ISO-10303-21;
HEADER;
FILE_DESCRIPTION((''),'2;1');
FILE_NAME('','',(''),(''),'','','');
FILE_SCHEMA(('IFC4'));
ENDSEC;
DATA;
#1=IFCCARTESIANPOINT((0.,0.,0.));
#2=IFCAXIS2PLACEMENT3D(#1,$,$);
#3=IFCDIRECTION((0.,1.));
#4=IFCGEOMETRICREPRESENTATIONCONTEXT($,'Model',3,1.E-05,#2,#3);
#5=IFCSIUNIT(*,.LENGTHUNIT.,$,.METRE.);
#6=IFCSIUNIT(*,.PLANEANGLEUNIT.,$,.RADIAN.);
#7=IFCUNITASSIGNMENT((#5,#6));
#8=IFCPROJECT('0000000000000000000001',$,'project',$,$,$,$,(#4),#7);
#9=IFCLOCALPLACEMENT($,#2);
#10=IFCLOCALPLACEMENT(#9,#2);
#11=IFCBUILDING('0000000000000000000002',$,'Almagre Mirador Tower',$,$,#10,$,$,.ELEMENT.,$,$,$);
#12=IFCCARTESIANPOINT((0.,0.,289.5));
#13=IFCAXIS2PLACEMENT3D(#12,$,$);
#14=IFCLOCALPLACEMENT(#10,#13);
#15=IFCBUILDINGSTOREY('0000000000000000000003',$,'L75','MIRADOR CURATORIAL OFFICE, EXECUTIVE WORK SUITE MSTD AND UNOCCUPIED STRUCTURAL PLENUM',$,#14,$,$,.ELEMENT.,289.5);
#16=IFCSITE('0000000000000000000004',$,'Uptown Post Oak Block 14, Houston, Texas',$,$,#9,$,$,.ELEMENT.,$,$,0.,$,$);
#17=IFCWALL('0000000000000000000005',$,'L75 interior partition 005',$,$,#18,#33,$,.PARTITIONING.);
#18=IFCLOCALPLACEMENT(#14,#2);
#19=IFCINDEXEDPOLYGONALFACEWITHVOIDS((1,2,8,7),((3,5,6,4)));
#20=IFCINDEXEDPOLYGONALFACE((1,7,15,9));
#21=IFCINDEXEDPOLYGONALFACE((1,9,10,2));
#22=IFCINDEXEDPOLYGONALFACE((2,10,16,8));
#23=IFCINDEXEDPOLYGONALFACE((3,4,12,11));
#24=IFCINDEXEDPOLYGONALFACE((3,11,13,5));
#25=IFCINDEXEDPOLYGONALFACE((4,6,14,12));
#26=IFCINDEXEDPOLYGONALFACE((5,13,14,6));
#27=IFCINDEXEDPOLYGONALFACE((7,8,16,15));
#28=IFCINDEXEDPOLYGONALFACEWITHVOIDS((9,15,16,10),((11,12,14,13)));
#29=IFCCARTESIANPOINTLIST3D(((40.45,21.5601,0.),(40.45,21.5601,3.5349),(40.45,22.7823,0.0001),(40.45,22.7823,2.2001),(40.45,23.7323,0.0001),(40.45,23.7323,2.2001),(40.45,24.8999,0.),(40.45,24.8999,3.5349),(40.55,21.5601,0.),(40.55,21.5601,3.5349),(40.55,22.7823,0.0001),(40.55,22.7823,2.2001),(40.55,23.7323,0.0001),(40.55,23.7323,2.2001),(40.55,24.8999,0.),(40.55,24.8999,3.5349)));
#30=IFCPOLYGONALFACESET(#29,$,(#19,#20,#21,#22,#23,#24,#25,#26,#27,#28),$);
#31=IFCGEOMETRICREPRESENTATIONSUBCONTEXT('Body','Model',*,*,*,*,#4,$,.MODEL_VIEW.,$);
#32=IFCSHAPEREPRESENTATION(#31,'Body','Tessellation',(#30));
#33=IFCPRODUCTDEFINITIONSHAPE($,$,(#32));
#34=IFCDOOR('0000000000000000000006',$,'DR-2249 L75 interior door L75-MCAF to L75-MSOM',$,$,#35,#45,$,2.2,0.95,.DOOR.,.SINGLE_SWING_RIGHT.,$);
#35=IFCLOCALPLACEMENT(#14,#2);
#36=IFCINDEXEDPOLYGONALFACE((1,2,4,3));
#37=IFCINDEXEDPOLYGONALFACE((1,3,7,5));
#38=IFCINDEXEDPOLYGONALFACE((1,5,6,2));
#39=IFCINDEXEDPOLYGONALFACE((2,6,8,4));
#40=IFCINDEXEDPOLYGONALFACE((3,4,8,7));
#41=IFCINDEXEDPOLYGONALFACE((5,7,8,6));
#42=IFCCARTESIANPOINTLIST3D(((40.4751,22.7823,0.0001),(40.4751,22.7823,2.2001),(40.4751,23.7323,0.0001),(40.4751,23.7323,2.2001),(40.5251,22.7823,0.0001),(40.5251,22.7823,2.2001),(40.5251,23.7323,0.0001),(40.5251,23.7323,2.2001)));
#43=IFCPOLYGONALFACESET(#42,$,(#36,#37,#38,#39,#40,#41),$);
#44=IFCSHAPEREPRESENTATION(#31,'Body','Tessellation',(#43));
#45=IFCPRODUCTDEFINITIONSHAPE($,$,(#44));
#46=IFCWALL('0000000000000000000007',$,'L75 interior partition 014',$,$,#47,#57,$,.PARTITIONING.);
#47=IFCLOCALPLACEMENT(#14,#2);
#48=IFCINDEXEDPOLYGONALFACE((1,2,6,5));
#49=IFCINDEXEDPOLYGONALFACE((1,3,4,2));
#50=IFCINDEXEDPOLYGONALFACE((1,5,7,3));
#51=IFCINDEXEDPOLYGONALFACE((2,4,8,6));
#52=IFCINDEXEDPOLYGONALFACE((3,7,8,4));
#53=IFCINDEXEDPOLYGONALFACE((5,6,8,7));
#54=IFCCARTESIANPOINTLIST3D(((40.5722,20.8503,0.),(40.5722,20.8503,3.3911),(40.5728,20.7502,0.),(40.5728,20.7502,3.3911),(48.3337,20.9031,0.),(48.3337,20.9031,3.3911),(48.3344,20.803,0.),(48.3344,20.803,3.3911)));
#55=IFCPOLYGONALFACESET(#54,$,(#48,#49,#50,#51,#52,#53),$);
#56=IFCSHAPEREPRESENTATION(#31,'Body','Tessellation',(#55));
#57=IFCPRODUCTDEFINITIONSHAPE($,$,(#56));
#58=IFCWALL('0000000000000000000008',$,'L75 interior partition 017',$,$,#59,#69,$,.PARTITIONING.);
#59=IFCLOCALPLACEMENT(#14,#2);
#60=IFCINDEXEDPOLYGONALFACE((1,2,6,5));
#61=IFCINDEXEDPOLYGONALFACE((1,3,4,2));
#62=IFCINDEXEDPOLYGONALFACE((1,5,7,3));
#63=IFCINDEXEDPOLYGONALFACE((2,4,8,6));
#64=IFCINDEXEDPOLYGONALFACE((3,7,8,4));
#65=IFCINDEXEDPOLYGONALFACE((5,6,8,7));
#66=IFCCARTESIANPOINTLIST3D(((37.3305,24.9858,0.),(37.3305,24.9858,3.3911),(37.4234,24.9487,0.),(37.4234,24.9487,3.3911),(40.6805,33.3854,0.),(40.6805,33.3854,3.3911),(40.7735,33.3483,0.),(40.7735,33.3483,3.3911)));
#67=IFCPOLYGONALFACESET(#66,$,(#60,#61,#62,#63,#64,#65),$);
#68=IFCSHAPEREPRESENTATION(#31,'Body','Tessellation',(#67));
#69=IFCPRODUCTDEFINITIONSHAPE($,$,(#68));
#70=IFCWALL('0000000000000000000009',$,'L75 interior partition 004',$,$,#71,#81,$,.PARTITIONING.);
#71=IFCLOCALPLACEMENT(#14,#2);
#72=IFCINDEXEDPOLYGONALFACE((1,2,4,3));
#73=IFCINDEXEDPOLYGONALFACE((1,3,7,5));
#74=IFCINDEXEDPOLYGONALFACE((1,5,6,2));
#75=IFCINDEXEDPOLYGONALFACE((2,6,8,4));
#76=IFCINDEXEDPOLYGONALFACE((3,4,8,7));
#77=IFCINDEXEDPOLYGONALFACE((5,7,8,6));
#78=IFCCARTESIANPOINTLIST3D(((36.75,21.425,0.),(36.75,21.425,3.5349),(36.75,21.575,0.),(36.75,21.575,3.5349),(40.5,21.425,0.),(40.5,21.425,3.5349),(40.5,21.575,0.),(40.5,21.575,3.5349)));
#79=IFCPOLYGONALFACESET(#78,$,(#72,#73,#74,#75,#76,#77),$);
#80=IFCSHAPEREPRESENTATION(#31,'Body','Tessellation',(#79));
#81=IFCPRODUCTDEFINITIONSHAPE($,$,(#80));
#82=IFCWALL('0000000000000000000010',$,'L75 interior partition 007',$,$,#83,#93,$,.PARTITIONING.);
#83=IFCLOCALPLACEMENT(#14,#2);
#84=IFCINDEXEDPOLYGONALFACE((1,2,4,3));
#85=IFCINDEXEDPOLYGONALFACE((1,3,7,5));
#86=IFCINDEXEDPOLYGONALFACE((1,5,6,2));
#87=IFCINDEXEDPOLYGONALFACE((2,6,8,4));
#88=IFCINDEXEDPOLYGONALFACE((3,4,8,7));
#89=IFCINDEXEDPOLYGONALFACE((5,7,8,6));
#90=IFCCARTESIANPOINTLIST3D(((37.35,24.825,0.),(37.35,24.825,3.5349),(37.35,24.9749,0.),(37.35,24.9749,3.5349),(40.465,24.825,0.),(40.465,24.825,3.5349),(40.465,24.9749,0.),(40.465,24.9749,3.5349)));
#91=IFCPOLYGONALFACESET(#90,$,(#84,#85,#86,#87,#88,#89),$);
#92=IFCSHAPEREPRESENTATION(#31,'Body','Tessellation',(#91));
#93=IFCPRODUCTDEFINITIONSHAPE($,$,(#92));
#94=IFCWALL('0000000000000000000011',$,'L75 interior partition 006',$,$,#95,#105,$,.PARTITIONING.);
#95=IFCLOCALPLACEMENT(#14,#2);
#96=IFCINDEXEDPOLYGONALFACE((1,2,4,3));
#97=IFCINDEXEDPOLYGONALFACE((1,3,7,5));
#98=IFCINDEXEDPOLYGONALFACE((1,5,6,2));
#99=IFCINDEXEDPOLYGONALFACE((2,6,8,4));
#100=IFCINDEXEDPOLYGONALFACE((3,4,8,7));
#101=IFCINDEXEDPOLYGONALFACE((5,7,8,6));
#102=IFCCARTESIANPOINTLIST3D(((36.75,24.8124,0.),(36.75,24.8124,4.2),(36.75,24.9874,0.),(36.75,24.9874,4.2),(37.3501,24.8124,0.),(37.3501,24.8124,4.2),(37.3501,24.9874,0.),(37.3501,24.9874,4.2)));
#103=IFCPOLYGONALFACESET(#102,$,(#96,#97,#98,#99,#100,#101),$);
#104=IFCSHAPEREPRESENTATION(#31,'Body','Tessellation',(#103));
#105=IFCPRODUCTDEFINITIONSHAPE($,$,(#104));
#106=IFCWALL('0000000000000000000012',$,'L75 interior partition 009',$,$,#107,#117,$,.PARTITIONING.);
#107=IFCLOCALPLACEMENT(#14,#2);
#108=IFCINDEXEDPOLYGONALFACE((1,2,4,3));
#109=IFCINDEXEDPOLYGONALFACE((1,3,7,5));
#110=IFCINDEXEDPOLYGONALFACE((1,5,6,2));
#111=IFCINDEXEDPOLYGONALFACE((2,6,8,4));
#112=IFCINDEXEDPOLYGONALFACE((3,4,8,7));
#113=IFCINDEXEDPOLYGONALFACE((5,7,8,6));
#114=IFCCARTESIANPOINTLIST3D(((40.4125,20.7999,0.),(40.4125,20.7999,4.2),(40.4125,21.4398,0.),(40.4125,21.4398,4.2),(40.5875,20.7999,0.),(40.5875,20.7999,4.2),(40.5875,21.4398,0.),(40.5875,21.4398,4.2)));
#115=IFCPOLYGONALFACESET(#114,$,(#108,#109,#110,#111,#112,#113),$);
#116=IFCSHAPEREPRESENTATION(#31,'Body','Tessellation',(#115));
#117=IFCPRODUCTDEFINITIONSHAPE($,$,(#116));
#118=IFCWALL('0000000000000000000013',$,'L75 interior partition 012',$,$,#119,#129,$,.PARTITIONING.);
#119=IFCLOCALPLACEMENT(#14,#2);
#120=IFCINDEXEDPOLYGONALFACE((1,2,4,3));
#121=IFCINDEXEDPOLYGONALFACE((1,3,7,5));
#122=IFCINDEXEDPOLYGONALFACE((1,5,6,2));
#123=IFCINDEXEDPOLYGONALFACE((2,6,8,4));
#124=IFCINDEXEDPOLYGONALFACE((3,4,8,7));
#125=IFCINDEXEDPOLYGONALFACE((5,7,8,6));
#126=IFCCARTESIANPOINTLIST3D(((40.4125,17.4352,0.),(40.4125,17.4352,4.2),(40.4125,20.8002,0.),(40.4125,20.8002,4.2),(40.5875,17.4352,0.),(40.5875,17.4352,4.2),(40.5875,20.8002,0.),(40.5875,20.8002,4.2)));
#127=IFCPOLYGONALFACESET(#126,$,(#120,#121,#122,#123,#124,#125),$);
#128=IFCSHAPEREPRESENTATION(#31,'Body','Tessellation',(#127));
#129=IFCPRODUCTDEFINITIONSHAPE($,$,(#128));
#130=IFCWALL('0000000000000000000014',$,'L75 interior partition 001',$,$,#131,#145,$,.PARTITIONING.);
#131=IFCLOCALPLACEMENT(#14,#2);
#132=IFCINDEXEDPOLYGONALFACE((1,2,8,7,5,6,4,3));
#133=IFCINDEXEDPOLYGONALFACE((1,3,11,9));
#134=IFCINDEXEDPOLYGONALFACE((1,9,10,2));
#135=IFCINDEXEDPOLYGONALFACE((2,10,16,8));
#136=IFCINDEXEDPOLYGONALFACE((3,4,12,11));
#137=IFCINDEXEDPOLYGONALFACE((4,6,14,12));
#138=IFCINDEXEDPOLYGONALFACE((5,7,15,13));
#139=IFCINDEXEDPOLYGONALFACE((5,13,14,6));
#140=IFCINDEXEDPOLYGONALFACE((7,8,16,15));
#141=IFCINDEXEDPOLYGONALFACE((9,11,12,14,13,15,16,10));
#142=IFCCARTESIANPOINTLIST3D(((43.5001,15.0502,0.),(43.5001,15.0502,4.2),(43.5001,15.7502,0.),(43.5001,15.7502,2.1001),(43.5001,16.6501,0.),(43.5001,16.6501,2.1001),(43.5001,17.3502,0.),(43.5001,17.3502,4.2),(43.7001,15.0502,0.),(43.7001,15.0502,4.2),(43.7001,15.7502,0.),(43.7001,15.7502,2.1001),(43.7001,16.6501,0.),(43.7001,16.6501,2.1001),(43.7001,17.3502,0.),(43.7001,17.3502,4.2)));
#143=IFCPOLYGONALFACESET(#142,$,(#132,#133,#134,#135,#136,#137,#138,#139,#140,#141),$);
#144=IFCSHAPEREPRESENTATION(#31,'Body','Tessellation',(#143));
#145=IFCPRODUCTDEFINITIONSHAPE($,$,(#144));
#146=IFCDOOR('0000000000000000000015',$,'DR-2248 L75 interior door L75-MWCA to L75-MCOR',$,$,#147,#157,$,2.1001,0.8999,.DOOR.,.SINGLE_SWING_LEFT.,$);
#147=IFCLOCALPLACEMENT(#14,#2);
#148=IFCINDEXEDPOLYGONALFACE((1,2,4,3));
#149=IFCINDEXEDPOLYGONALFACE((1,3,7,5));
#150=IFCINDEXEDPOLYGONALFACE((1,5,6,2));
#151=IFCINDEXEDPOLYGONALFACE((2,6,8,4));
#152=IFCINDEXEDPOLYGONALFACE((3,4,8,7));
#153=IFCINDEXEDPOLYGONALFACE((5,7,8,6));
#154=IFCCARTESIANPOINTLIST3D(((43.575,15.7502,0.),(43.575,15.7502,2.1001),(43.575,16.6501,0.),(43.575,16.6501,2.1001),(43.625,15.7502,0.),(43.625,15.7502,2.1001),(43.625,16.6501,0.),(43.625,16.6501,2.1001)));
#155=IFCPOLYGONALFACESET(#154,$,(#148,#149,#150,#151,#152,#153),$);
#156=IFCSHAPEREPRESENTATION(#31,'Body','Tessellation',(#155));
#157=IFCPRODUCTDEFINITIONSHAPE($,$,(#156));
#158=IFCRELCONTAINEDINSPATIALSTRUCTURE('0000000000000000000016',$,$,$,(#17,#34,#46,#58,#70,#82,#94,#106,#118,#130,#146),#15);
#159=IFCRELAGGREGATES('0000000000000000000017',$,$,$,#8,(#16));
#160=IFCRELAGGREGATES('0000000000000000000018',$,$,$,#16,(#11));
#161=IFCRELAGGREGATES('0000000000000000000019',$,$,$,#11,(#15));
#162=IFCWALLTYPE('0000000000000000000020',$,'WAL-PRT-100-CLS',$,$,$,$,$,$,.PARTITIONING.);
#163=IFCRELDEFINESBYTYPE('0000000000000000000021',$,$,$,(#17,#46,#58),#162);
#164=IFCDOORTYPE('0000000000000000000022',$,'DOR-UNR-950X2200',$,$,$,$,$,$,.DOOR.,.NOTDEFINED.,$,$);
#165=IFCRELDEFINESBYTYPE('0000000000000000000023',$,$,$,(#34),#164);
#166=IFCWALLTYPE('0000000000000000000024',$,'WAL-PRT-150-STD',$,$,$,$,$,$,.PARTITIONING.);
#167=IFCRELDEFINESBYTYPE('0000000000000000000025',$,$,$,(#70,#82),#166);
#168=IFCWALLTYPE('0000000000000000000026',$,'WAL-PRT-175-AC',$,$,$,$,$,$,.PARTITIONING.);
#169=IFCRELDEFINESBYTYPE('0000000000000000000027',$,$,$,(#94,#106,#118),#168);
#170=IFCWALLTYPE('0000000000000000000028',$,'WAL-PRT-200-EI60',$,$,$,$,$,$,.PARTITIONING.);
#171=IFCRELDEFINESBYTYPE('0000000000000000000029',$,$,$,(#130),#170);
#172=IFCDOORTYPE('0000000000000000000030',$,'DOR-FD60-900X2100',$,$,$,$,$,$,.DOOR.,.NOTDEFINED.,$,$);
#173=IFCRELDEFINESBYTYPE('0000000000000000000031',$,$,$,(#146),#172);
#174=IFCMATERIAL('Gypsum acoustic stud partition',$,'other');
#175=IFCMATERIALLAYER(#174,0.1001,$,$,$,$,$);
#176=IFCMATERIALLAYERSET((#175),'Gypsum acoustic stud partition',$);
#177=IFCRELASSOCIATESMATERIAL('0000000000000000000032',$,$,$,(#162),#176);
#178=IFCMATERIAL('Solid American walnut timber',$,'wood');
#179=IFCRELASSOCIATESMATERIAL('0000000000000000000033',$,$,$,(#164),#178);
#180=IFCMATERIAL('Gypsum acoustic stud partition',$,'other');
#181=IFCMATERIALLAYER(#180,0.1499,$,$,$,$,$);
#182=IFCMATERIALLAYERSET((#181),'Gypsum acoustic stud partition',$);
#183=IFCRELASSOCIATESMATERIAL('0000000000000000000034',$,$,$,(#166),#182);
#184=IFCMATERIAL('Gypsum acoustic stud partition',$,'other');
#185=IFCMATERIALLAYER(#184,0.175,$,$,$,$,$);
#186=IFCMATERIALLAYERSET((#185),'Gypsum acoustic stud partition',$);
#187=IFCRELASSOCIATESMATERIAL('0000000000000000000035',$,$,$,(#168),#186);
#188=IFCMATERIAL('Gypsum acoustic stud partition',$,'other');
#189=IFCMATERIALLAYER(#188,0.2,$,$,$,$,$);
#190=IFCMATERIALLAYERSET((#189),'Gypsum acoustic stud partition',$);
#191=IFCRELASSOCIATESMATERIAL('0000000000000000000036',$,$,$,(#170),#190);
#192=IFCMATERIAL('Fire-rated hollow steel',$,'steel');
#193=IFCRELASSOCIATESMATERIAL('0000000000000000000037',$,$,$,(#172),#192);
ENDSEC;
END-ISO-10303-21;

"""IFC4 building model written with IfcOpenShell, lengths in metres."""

from ifc_helpers import new_model, si_unit, direction, frame, frame_2d, origin, place, context, subcontext, project, spatial, rectangle, extrude, material, layer, layer_set, type_object, element, fill, save


model = new_model("IFC4")

# Units and contexts
model_context = context("Model", 3, precision=1e-05, world=origin(), true_north=direction((0.0, 1.0)))
body_context = subcontext(model_context, "Body", "Model", "MODEL_VIEW")
ifc_project = project(units=[si_unit("LENGTHUNIT", "METRE"), si_unit("PLANEANGLEUNIT", "RADIAN")], contexts=[model_context])

# Site, building, storey
site_placement = place(None, origin())
site = spatial("IfcSite", under=ifc_project, at=site_placement, Name="Uptown Post Oak Block 14, Houston, Texas", CompositionType="ELEMENT", RefElevation=0.0)
building_placement = place(site_placement, origin())
building = spatial("IfcBuilding", under=site, at=building_placement, Name="Almagre Mirador Tower", CompositionType="ELEMENT")
storey_placement = place(building_placement, frame((0.0, 0.0, 289.5)))
storey = spatial("IfcBuildingStorey", under=building, at=storey_placement, Name="L75", Description="MIRADOR CURATORIAL OFFICE, EXECUTIVE WORK SUITE MSTD AND UNOCCUPIED STRUCTURAL PLENUM", CompositionType="ELEMENT", Elevation=289.5)

# Wall, opening, door
ifc_material_1 = material(Name="Gypsum acoustic stud partition", Category="other")
ifc_layer_1 = layer(ifc_material_1, 0.1001)
ifc_layer_set_1 = layer_set([ifc_layer_1], Name="Gypsum acoustic stud partition")
wall_type_1 = type_object("IfcWallType", Name="WAL-PRT-100-CLS", PredefinedType="PARTITIONING", material=ifc_layer_set_1)
wall_1_placement = place(storey_placement, frame((40.5, 21.5601, 0.0), z_axis=(0.0, 0.0, 1.0), x_axis=(0.0, 1.0, 0.0)))
wall_1 = element("IfcWall", 1, at=wall_1_placement, inside=storey, type_object=wall_type_1, Name="L75 interior partition 005", PredefinedType="PARTITIONING", context=body_context, shape_type="SweptSolid", body=[
    extrude(rectangle(XDim=3.3398, YDim=0.1001, at=frame_2d((1.6699, 0.0))), origin(), (0.0, 0.0, 1.0), 3.5349),
])
opening_1_placement = place(wall_1_placement, frame((1.2222, 0.0, 0.0)))
opening_1 = element("IfcOpeningElement", 2, at=opening_1_placement, cuts=wall_1, PredefinedType="OPENING", context=body_context, shape_type="SweptSolid", body=[
    extrude(rectangle(XDim=0.95, YDim=2.2, at=frame_2d((0.4751, 1.1001))), frame((0.0, 0.06, 0.0), z_axis=(0.0, -1.0, 0.0), x_axis=(1.0, 0.0, 0.0)), (0.0, 0.0, 1.0), 0.1201),
])
ifc_material_2 = material(Name="Solid American walnut timber", Category="wood")
door_type_1 = type_object("IfcDoorType", Name="DOR-UNR-950X2200", OperationType="NOTDEFINED", PredefinedType="DOOR", material=ifc_material_2)
door_1_placement = place(opening_1_placement, origin())
door_1 = element("IfcDoor", 3, at=door_1_placement, inside=storey, type_object=door_type_1, Name="DR-2249 L75 interior door L75-MCAF to L75-MSOM", OperationType="SINGLE_SWING_RIGHT", OverallHeight=2.2, OverallWidth=0.95, PredefinedType="DOOR", context=body_context, shape_type="SweptSolid", body=[
    extrude(rectangle(XDim=0.95, YDim=2.2, at=frame_2d((0.4751, 1.1001))), frame((0.0, 0.0249, 0.0), z_axis=(0.0, -1.0, 0.0), x_axis=(1.0, 0.0, 0.0)), (0.0, 0.0, 1.0), 0.05),
])
fill(opening_1, door_1)

# Walls
wall_2_placement = place(storey_placement, frame((40.5725, 20.8003, 0.0), z_axis=(0.0, 0.0, 1.0), x_axis=(0.999977, 0.006794, 0.0)))
element("IfcWall", 4, at=wall_2_placement, inside=storey, type_object=wall_type_1, Name="L75 interior partition 014", PredefinedType="PARTITIONING", context=body_context, shape_type="SweptSolid", body=[
    extrude(rectangle(XDim=7.7617, YDim=0.1001, at=frame_2d((3.8809, 0.0))), origin(), (0.0, 0.0, 1.0), 3.3911),
])
wall_3_placement = place(storey_placement, frame((37.377, 24.9673, 0.0), z_axis=(0.0, 0.0, 1.0), x_axis=(0.37046, 0.928849, 0.0)))
element("IfcWall", 5, at=wall_3_placement, inside=storey, type_object=wall_type_1, Name="L75 interior partition 017", PredefinedType="PARTITIONING", context=body_context, shape_type="SweptSolid", body=[
    extrude(rectangle(XDim=9.043, YDim=0.1001, at=frame_2d((4.5215, 0.0))), origin(), (0.0, 0.0, 1.0), 3.3911),
])
ifc_material_3 = material(Name="Gypsum acoustic stud partition", Category="other")
ifc_layer_2 = layer(ifc_material_3, 0.1499)
ifc_layer_set_2 = layer_set([ifc_layer_2], Name="Gypsum acoustic stud partition")
wall_type_2 = type_object("IfcWallType", Name="WAL-PRT-150-STD", PredefinedType="PARTITIONING", material=ifc_layer_set_2)
wall_4_placement = place(storey_placement, frame((36.75, 21.5, 0.0), z_axis=(0.0, 0.0, 1.0), x_axis=(1.0, 0.0, 0.0)))
element("IfcWall", 6, at=wall_4_placement, inside=storey, type_object=wall_type_2, Name="L75 interior partition 004", PredefinedType="PARTITIONING", context=body_context, shape_type="SweptSolid", body=[
    extrude(rectangle(XDim=3.75, YDim=0.1499, at=frame_2d((1.875, 0.0))), origin(), (0.0, 0.0, 1.0), 3.5349),
])
wall_5_placement = place(storey_placement, frame((40.4651, 24.8999, 0.0), z_axis=(0.0, 0.0, 1.0), x_axis=(-1.0, 0.0, 0.0)))
element("IfcWall", 7, at=wall_5_placement, inside=storey, type_object=wall_type_2, Name="L75 interior partition 007", PredefinedType="PARTITIONING", context=body_context, shape_type="SweptSolid", body=[
    extrude(rectangle(XDim=3.115, YDim=0.1499, at=frame_2d((1.5576, 0.0))), origin(), (0.0, 0.0, 1.0), 3.5349),
])
ifc_material_4 = material(Name="Gypsum acoustic stud partition", Category="other")
ifc_layer_3 = layer(ifc_material_4, 0.175)
ifc_layer_set_3 = layer_set([ifc_layer_3], Name="Gypsum acoustic stud partition")
wall_type_3 = type_object("IfcWallType", Name="WAL-PRT-175-AC", PredefinedType="PARTITIONING", material=ifc_layer_set_3)
wall_6_placement = place(storey_placement, frame((37.3501, 24.8999, 0.0), z_axis=(0.0, 0.0, 1.0), x_axis=(-1.0, 0.0, 0.0)))
element("IfcWall", 8, at=wall_6_placement, inside=storey, type_object=wall_type_3, Name="L75 interior partition 006", PredefinedType="PARTITIONING", context=body_context, shape_type="SweptSolid", body=[
    extrude(rectangle(XDim=0.6001, YDim=0.175, at=frame_2d((0.3, 0.0))), origin(), (0.0, 0.0, 1.0), 4.2),
])
wall_7_placement = place(storey_placement, frame((40.5, 20.8, 0.0), z_axis=(0.0, 0.0, 1.0), x_axis=(0.0, 1.0, 0.0)))
element("IfcWall", 9, at=wall_7_placement, inside=storey, type_object=wall_type_3, Name="L75 interior partition 009", PredefinedType="PARTITIONING", context=body_context, shape_type="SweptSolid", body=[
    extrude(rectangle(XDim=0.6399, YDim=0.175, at=frame_2d((0.3198, 0.0))), origin(), (0.0, 0.0, 1.0), 4.2),
])
wall_8_placement = place(storey_placement, frame((40.5, 17.4351, 0.0), z_axis=(0.0, 0.0, 1.0), x_axis=(0.0, 1.0, 0.0)))
element("IfcWall", 10, at=wall_8_placement, inside=storey, type_object=wall_type_3, Name="L75 interior partition 012", PredefinedType="PARTITIONING", context=body_context, shape_type="SweptSolid", body=[
    extrude(rectangle(XDim=3.365, YDim=0.175, at=frame_2d((1.6826, 0.0))), origin(), (0.0, 0.0, 1.0), 4.2),
])

# Wall, opening, door
ifc_material_5 = material(Name="Gypsum acoustic stud partition", Category="other")
ifc_layer_4 = layer(ifc_material_5, 0.2)
ifc_layer_set_4 = layer_set([ifc_layer_4], Name="Gypsum acoustic stud partition")
wall_type_4 = type_object("IfcWallType", Name="WAL-PRT-200-EI60", PredefinedType="PARTITIONING", material=ifc_layer_set_4)
wall_9_placement = place(storey_placement, frame((43.6001, 17.3501, 0.0), z_axis=(0.0, 0.0, 1.0), x_axis=(0.0, -1.0, 0.0)))
wall_9 = element("IfcWall", 11, at=wall_9_placement, inside=storey, type_object=wall_type_4, Name="L75 interior partition 001", PredefinedType="PARTITIONING", context=body_context, shape_type="SweptSolid", body=[
    extrude(rectangle(XDim=2.3, YDim=0.2, at=frame_2d((1.1499, 0.0))), origin(), (0.0, 0.0, 1.0), 4.2),
])
opening_2_placement = place(wall_9_placement, frame((0.7, 0.0, 0.0)))
opening_2 = element("IfcOpeningElement", 12, at=opening_2_placement, cuts=wall_9, PredefinedType="OPENING", context=body_context, shape_type="SweptSolid", body=[
    extrude(rectangle(XDim=0.8999, YDim=2.1001, at=frame_2d((0.45, 1.05))), frame((0.0, 0.1101, 0.0), z_axis=(0.0, -1.0, 0.0), x_axis=(1.0, 0.0, 0.0)), (0.0, 0.0, 1.0), 0.22),
])
ifc_material_6 = material(Name="Fire-rated hollow steel", Category="steel")
door_type_2 = type_object("IfcDoorType", Name="DOR-FD60-900X2100", OperationType="NOTDEFINED", PredefinedType="DOOR", material=ifc_material_6)
door_2_placement = place(opening_2_placement, origin())
door_2 = element("IfcDoor", 13, at=door_2_placement, inside=storey, type_object=door_type_2, Name="DR-2248 L75 interior door L75-MWCA to L75-MCOR", OperationType="SINGLE_SWING_LEFT", OverallHeight=2.1001, OverallWidth=0.8999, PredefinedType="DOOR", context=body_context, shape_type="SweptSolid", body=[
    extrude(rectangle(XDim=0.8999, YDim=2.1001, at=frame_2d((0.45, 1.05))), frame((0.0, 0.0249, 0.0), z_axis=(0.0, -1.0, 0.0), x_axis=(1.0, 0.0, 0.0)), (0.0, 0.0, 1.0), 0.05),
])
fill(opening_2, door_2)

save(model, "model.ifc")
